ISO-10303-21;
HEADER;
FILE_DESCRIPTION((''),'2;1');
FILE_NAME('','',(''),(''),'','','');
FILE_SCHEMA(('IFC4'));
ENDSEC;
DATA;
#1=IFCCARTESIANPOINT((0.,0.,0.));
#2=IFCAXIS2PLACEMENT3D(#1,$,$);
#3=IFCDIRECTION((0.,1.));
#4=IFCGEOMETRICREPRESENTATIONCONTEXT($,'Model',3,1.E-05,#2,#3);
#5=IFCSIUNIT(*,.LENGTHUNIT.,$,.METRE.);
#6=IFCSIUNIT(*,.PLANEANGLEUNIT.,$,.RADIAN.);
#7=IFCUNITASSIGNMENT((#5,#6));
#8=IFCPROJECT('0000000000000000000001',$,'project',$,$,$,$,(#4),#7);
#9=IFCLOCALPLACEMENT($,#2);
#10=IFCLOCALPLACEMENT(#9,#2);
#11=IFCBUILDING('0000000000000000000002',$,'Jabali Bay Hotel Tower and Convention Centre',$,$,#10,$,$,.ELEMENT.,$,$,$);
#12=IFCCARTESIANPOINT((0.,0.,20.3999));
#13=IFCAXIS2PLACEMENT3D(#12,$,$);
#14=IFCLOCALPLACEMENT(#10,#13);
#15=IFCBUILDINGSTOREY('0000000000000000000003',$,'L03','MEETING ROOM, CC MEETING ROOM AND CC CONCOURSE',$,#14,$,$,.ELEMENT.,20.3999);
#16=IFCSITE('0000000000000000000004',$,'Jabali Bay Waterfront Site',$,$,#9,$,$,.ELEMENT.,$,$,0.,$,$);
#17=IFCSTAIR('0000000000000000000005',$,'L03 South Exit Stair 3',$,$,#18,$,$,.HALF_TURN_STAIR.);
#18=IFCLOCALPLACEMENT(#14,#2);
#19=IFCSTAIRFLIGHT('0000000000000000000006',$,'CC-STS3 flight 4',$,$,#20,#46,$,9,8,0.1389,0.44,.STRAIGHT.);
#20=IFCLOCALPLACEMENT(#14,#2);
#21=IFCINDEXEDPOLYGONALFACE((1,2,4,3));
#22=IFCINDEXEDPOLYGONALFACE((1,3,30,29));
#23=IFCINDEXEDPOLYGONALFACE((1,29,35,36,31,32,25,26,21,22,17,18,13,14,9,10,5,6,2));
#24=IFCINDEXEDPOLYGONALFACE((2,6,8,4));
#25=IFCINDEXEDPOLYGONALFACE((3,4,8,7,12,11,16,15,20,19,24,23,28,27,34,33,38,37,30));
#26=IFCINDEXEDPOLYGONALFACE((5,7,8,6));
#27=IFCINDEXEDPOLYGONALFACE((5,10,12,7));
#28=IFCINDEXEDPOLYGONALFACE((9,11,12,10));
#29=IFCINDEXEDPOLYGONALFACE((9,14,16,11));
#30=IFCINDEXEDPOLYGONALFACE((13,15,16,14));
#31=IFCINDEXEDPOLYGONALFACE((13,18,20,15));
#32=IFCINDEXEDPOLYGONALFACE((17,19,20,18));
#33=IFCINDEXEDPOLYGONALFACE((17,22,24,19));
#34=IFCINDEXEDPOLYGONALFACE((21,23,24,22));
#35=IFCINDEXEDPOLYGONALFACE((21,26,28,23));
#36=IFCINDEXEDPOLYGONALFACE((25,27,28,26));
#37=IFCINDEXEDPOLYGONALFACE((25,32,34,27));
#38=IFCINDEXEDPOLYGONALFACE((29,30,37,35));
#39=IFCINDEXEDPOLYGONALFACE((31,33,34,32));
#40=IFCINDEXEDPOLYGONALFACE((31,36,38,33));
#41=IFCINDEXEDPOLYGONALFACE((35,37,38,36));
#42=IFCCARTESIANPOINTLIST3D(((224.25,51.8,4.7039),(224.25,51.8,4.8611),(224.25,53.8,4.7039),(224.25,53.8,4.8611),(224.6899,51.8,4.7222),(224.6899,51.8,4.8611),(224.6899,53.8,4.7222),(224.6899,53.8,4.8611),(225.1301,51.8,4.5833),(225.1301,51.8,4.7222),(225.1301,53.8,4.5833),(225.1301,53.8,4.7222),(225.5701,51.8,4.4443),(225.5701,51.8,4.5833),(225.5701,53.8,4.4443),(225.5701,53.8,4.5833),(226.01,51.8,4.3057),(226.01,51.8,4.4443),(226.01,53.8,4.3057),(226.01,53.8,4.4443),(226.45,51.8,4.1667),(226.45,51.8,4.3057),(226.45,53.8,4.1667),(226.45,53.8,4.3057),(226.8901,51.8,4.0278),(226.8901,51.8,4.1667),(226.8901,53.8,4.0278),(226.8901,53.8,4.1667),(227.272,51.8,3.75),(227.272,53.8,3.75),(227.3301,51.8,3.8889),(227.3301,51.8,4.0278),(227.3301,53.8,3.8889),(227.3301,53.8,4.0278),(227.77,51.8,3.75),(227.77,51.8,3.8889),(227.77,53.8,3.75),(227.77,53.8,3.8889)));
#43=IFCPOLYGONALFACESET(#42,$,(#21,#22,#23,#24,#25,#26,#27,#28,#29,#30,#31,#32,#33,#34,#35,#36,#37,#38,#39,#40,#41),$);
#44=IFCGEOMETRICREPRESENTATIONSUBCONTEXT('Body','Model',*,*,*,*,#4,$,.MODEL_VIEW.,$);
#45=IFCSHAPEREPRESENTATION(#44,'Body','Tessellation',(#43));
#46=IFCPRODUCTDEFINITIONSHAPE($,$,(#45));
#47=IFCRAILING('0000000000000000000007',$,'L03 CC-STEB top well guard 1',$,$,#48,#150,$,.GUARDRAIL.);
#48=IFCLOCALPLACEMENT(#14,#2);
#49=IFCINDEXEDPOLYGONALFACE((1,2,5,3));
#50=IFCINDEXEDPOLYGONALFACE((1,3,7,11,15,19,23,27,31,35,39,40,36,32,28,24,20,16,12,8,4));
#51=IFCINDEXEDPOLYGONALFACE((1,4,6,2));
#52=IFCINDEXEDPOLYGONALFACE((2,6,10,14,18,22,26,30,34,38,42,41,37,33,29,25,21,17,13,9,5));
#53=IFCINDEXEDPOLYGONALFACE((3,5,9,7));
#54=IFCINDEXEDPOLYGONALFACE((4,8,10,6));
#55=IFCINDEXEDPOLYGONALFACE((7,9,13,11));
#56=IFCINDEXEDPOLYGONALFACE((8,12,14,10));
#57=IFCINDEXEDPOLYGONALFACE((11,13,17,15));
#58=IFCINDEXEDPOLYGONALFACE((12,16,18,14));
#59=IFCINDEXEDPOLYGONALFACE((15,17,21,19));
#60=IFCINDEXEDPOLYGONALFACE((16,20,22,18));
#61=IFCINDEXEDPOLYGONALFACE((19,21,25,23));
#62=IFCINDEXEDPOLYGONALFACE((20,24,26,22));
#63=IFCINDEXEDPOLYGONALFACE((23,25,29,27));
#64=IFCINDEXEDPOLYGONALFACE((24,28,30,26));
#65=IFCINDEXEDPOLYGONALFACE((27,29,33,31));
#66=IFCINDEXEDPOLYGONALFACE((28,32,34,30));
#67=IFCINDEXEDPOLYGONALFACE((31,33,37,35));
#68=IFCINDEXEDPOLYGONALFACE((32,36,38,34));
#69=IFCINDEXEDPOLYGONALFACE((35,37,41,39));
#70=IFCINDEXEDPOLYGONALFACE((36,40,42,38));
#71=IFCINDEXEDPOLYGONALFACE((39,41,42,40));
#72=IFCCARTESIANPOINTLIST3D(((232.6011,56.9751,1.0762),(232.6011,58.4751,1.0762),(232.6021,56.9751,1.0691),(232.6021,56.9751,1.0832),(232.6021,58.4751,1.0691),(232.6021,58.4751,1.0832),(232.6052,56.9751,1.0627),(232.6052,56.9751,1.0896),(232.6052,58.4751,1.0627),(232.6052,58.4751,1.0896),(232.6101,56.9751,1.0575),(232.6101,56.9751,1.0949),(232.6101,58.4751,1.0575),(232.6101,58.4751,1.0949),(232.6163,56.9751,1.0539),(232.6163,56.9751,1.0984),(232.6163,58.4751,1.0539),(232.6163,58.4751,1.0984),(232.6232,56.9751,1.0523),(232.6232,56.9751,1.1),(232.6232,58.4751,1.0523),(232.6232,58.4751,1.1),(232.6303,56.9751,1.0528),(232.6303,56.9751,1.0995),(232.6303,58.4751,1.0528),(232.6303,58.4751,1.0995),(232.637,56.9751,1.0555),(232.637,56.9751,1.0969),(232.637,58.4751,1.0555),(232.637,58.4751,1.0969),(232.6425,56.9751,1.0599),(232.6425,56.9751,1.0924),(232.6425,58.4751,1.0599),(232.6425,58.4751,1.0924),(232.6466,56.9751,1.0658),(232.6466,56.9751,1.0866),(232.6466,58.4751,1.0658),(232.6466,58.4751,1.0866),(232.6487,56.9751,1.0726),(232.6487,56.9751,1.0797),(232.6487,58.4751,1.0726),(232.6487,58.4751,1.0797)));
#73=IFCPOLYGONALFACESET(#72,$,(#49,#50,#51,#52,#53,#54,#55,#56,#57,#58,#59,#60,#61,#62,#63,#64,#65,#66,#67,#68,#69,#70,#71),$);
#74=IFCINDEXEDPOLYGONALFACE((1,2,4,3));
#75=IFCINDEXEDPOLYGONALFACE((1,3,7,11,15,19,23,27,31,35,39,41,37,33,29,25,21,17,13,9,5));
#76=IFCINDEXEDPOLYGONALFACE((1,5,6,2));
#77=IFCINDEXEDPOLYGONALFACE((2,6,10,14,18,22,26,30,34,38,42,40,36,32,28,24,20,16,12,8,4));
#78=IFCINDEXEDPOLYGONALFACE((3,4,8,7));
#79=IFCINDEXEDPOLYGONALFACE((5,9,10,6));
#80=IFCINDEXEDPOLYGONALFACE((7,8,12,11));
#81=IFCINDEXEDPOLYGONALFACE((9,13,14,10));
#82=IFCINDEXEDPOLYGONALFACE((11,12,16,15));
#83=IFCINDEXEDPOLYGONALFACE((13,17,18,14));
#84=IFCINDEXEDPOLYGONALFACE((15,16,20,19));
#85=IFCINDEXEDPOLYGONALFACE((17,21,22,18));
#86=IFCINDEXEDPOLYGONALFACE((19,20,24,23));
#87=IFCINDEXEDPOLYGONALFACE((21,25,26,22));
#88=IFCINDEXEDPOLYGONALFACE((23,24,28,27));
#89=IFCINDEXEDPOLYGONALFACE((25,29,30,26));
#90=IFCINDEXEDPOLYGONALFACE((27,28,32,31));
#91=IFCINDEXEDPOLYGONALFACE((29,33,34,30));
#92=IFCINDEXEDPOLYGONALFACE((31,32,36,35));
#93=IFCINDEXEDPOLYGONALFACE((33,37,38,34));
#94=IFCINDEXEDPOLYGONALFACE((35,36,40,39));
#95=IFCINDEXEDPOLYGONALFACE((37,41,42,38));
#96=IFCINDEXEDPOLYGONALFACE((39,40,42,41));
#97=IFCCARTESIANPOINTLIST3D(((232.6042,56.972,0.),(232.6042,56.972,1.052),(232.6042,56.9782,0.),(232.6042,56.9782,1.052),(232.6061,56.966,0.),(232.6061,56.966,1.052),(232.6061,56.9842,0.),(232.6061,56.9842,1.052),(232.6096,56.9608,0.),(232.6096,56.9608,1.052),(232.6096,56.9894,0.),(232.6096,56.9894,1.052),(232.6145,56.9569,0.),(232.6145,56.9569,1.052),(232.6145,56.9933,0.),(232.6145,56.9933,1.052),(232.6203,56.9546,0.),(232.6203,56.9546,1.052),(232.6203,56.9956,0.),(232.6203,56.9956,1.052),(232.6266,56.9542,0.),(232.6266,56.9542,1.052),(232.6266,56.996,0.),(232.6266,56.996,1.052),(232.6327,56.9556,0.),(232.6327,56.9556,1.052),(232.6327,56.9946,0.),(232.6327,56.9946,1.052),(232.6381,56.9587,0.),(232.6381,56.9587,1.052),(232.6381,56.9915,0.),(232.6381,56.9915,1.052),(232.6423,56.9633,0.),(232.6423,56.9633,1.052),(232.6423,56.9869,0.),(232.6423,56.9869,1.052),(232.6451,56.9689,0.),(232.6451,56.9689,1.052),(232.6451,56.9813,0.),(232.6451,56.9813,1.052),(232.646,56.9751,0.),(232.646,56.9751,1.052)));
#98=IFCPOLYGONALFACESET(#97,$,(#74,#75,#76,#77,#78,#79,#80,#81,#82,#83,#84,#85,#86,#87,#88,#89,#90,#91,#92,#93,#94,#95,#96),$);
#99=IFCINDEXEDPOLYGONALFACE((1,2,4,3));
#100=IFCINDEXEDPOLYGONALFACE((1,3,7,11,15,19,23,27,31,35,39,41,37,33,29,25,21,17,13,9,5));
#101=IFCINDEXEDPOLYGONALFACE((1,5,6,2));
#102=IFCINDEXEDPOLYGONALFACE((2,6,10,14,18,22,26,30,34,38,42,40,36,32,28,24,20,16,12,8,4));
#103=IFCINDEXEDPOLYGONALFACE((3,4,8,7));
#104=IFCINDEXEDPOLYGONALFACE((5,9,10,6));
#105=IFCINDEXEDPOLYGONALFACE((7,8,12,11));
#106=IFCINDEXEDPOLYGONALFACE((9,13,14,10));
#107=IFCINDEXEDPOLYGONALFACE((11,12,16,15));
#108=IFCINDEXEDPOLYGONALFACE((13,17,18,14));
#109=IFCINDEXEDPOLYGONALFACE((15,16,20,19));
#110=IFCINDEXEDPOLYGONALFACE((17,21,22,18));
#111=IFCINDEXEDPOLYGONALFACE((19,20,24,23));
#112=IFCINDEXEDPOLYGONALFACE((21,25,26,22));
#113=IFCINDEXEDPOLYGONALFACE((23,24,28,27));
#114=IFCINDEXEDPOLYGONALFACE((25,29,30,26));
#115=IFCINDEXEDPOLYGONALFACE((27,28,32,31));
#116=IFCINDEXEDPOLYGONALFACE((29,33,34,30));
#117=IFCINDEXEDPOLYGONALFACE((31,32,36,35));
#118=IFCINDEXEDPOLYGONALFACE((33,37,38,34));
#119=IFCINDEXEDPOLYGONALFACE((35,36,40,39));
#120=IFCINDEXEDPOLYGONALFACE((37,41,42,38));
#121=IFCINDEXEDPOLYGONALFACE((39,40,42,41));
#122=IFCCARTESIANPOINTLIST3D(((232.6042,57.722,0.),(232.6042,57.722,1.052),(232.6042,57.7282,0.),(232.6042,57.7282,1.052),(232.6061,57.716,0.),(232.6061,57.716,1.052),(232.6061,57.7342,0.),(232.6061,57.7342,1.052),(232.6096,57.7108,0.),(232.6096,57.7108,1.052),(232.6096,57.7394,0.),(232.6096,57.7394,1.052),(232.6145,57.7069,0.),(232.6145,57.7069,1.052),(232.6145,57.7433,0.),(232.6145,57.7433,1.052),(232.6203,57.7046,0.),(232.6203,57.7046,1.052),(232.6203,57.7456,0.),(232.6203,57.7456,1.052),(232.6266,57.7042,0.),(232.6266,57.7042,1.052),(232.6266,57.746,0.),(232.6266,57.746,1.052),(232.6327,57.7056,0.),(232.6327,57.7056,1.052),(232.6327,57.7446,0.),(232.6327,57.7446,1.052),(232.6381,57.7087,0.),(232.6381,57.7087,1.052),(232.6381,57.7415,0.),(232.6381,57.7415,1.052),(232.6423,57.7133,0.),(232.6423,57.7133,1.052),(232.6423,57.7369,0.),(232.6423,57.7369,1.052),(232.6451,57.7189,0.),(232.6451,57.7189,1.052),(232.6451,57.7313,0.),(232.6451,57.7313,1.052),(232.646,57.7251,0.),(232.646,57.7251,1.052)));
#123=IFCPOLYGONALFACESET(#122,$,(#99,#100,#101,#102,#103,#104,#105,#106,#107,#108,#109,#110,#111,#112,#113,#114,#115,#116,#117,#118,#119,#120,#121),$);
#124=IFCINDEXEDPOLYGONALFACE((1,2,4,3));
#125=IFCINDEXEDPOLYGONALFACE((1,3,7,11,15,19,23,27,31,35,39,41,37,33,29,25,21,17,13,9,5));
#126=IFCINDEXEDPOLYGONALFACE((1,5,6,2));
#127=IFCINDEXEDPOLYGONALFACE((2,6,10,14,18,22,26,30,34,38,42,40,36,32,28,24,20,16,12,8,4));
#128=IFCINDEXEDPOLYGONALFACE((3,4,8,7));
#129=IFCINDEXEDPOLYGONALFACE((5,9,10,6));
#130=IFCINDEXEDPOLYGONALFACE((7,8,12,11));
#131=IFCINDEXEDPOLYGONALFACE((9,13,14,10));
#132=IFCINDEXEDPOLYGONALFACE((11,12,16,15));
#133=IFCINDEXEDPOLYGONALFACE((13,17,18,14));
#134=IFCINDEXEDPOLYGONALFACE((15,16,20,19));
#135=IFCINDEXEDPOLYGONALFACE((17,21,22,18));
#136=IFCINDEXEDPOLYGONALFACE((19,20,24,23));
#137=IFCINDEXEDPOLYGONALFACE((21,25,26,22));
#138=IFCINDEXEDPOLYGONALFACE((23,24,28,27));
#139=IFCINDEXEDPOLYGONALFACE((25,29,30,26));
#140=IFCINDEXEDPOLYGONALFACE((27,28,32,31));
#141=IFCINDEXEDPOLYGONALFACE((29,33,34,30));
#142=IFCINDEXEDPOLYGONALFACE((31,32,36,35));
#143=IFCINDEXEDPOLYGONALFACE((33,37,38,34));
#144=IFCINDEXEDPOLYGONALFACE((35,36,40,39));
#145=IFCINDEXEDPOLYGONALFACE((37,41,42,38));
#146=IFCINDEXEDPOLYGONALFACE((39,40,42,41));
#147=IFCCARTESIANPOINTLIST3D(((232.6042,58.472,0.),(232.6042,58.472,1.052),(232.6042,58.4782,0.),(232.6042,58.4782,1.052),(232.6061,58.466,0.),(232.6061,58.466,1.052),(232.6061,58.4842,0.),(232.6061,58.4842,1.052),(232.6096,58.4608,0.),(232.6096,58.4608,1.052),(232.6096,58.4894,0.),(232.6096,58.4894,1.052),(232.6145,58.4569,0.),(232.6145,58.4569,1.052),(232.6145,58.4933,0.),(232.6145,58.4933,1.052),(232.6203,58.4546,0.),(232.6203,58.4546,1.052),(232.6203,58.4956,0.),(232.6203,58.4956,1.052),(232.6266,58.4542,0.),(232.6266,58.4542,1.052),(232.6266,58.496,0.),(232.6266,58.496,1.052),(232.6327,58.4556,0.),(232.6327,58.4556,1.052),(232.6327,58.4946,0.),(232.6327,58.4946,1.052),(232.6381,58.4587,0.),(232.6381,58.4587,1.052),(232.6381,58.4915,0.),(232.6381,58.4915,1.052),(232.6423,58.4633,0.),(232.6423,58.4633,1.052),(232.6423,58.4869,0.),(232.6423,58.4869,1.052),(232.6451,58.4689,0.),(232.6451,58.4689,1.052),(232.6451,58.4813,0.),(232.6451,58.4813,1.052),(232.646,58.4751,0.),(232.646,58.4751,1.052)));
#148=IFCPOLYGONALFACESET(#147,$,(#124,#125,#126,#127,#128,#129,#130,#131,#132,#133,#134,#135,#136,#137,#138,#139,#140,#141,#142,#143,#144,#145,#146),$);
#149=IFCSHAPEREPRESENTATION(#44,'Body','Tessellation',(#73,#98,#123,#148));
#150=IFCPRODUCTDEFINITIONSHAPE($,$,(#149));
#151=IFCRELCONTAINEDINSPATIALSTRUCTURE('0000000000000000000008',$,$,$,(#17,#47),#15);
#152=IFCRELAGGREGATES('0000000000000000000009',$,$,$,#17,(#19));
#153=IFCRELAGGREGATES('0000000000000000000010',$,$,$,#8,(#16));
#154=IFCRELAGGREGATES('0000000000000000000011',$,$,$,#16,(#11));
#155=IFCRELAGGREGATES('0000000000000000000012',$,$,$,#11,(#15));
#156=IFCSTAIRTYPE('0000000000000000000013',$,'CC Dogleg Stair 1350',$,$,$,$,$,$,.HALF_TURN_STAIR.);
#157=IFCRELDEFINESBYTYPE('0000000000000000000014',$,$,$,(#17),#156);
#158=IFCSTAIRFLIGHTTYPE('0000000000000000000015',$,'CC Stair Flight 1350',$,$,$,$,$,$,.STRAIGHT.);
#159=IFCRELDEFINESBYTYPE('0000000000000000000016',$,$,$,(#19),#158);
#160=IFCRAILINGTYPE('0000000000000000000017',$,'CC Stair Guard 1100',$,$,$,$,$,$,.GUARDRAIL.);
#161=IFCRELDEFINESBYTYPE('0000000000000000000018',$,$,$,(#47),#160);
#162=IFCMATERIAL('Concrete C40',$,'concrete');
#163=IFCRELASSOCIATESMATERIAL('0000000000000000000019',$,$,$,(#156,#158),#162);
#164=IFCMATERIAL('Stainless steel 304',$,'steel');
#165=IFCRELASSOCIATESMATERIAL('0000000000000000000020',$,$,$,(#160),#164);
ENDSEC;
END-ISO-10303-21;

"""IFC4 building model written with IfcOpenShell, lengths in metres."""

from ifc_helpers import new_model, si_unit, direction, frame, origin, origin_2d, place, context, subcontext, project, spatial, polyline, circle, outline, extrude, material, type_object, element, aggregate, save


model = new_model("IFC4")

# Units and contexts
model_context = context("Model", 3, precision=1e-05, world=origin(), true_north=direction((0.0, 1.0)))
body_context = subcontext(model_context, "Body", "Model", "MODEL_VIEW")
ifc_project = project(units=[si_unit("LENGTHUNIT", "METRE"), si_unit("PLANEANGLEUNIT", "RADIAN")], contexts=[model_context])

# Site, building, storey
site_placement = place(None, origin())
site = spatial("IfcSite", under=ifc_project, at=site_placement, Name="Jabali Bay Waterfront Site", CompositionType="ELEMENT", RefElevation=0.0)
building_placement = place(site_placement, origin())
building = spatial("IfcBuilding", under=site, at=building_placement, Name="Jabali Bay Hotel Tower and Convention Centre", CompositionType="ELEMENT")
storey_placement = place(building_placement, frame((0.0, 0.0, 20.3999)))
storey = spatial("IfcBuildingStorey", under=building, at=storey_placement, Name="L03", Description="MEETING ROOM, CC MEETING ROOM AND CC CONCOURSE", CompositionType="ELEMENT", Elevation=20.3999)

# Shared definitions
ifc_material_1 = material(Name="Concrete C40", Category="concrete")

# Stair, stair flight
stair_type = type_object("IfcStairType", Name="CC Dogleg Stair 1350", PredefinedType="HALF_TURN_STAIR", material=ifc_material_1)
stair_placement = place(storey_placement, origin())
stair = element("IfcStair", 1, at=stair_placement, inside=storey, type_object=stair_type, Name="L03 South Exit Stair 3", PredefinedType="HALF_TURN_STAIR")
stair_flight_type = type_object("IfcStairFlightType", Name="CC Stair Flight 1350", PredefinedType="STRAIGHT", material=ifc_material_1)
stair_flight_1_placement = place(storey_placement, frame((227.77, 52.8, 3.75), z_axis=(0.0, 0.0, 1.0), x_axis=(-1.0, 0.0, 0.0)))
stair_flight_1 = element("IfcStairFlight", 2, at=stair_flight_1_placement, type_object=stair_flight_type, Name="CC-STS3 flight 4", NumberOfRisers=9, NumberOfTreads=8, PredefinedType="STRAIGHT", RiserHeight=0.1389, TreadLength=0.44, context=body_context, shape_type="SweptSolid", body=[
    extrude(outline(polyline([(0.0, 0.0), (0.0, 0.1389), (0.4399, 0.1389), (0.4399, 0.2778), (0.8799, 0.2778), (0.8799, 0.4167), (1.3201, 0.4167), (1.3201, 0.5557), (1.76, 0.5557), (1.76, 0.6943), (2.2, 0.6943), (2.2, 0.8333), (2.6399, 0.8333), (2.6399, 0.9722), (3.0801, 0.9722), (3.0801, 1.1111), (3.52, 1.1111), (3.52, 1.25), (3.52, 0.9539), (0.498, 0.0), (0.0, 0.0)])), frame((0.0, 1.0, 0.0), z_axis=(0.0, -1.0, 0.0), x_axis=(1.0, 0.0, 0.0)), (0.0, 0.0, 1.0), 2.0),
])
aggregate(stair, [stair_flight_1])

# Railing
ifc_material_2 = material(Name="Stainless steel 304", Category="steel")
railing_type_1 = type_object("IfcRailingType", Name="CC Stair Guard 1100", PredefinedType="GUARDRAIL", material=ifc_material_2)
railing_1_placement = place(storey_placement, frame((232.625, 56.9751, 0.0)))
element("IfcRailing", 3, at=railing_1_placement, inside=storey, type_object=railing_type_1, Name="L03 CC-STEB top well guard 1", PredefinedType="GUARDRAIL", context=body_context, shape_type="SweptSolid", body=[
    extrude(circle(Radius=0.0239, at=origin_2d()), frame((0.0, 0.0, 1.0762), z_axis=(0.0, 1.0, 0.0), x_axis=(-1.0, 0.0, 0.0)), (0.0, 0.0, 1.0), 1.5),
    extrude(circle(Radius=0.021, at=origin_2d()), origin(), (0.0, 0.0, 1.0), 1.052),
    extrude(circle(Radius=0.021, at=origin_2d()), frame((0.0, 0.75, 0.0)), (0.0, 0.0, 1.0), 1.052),
    extrude(circle(Radius=0.021, at=origin_2d()), frame((0.0, 1.5, 0.0)), (0.0, 0.0, 1.0), 1.052),
])

save(model, "model.ifc")
